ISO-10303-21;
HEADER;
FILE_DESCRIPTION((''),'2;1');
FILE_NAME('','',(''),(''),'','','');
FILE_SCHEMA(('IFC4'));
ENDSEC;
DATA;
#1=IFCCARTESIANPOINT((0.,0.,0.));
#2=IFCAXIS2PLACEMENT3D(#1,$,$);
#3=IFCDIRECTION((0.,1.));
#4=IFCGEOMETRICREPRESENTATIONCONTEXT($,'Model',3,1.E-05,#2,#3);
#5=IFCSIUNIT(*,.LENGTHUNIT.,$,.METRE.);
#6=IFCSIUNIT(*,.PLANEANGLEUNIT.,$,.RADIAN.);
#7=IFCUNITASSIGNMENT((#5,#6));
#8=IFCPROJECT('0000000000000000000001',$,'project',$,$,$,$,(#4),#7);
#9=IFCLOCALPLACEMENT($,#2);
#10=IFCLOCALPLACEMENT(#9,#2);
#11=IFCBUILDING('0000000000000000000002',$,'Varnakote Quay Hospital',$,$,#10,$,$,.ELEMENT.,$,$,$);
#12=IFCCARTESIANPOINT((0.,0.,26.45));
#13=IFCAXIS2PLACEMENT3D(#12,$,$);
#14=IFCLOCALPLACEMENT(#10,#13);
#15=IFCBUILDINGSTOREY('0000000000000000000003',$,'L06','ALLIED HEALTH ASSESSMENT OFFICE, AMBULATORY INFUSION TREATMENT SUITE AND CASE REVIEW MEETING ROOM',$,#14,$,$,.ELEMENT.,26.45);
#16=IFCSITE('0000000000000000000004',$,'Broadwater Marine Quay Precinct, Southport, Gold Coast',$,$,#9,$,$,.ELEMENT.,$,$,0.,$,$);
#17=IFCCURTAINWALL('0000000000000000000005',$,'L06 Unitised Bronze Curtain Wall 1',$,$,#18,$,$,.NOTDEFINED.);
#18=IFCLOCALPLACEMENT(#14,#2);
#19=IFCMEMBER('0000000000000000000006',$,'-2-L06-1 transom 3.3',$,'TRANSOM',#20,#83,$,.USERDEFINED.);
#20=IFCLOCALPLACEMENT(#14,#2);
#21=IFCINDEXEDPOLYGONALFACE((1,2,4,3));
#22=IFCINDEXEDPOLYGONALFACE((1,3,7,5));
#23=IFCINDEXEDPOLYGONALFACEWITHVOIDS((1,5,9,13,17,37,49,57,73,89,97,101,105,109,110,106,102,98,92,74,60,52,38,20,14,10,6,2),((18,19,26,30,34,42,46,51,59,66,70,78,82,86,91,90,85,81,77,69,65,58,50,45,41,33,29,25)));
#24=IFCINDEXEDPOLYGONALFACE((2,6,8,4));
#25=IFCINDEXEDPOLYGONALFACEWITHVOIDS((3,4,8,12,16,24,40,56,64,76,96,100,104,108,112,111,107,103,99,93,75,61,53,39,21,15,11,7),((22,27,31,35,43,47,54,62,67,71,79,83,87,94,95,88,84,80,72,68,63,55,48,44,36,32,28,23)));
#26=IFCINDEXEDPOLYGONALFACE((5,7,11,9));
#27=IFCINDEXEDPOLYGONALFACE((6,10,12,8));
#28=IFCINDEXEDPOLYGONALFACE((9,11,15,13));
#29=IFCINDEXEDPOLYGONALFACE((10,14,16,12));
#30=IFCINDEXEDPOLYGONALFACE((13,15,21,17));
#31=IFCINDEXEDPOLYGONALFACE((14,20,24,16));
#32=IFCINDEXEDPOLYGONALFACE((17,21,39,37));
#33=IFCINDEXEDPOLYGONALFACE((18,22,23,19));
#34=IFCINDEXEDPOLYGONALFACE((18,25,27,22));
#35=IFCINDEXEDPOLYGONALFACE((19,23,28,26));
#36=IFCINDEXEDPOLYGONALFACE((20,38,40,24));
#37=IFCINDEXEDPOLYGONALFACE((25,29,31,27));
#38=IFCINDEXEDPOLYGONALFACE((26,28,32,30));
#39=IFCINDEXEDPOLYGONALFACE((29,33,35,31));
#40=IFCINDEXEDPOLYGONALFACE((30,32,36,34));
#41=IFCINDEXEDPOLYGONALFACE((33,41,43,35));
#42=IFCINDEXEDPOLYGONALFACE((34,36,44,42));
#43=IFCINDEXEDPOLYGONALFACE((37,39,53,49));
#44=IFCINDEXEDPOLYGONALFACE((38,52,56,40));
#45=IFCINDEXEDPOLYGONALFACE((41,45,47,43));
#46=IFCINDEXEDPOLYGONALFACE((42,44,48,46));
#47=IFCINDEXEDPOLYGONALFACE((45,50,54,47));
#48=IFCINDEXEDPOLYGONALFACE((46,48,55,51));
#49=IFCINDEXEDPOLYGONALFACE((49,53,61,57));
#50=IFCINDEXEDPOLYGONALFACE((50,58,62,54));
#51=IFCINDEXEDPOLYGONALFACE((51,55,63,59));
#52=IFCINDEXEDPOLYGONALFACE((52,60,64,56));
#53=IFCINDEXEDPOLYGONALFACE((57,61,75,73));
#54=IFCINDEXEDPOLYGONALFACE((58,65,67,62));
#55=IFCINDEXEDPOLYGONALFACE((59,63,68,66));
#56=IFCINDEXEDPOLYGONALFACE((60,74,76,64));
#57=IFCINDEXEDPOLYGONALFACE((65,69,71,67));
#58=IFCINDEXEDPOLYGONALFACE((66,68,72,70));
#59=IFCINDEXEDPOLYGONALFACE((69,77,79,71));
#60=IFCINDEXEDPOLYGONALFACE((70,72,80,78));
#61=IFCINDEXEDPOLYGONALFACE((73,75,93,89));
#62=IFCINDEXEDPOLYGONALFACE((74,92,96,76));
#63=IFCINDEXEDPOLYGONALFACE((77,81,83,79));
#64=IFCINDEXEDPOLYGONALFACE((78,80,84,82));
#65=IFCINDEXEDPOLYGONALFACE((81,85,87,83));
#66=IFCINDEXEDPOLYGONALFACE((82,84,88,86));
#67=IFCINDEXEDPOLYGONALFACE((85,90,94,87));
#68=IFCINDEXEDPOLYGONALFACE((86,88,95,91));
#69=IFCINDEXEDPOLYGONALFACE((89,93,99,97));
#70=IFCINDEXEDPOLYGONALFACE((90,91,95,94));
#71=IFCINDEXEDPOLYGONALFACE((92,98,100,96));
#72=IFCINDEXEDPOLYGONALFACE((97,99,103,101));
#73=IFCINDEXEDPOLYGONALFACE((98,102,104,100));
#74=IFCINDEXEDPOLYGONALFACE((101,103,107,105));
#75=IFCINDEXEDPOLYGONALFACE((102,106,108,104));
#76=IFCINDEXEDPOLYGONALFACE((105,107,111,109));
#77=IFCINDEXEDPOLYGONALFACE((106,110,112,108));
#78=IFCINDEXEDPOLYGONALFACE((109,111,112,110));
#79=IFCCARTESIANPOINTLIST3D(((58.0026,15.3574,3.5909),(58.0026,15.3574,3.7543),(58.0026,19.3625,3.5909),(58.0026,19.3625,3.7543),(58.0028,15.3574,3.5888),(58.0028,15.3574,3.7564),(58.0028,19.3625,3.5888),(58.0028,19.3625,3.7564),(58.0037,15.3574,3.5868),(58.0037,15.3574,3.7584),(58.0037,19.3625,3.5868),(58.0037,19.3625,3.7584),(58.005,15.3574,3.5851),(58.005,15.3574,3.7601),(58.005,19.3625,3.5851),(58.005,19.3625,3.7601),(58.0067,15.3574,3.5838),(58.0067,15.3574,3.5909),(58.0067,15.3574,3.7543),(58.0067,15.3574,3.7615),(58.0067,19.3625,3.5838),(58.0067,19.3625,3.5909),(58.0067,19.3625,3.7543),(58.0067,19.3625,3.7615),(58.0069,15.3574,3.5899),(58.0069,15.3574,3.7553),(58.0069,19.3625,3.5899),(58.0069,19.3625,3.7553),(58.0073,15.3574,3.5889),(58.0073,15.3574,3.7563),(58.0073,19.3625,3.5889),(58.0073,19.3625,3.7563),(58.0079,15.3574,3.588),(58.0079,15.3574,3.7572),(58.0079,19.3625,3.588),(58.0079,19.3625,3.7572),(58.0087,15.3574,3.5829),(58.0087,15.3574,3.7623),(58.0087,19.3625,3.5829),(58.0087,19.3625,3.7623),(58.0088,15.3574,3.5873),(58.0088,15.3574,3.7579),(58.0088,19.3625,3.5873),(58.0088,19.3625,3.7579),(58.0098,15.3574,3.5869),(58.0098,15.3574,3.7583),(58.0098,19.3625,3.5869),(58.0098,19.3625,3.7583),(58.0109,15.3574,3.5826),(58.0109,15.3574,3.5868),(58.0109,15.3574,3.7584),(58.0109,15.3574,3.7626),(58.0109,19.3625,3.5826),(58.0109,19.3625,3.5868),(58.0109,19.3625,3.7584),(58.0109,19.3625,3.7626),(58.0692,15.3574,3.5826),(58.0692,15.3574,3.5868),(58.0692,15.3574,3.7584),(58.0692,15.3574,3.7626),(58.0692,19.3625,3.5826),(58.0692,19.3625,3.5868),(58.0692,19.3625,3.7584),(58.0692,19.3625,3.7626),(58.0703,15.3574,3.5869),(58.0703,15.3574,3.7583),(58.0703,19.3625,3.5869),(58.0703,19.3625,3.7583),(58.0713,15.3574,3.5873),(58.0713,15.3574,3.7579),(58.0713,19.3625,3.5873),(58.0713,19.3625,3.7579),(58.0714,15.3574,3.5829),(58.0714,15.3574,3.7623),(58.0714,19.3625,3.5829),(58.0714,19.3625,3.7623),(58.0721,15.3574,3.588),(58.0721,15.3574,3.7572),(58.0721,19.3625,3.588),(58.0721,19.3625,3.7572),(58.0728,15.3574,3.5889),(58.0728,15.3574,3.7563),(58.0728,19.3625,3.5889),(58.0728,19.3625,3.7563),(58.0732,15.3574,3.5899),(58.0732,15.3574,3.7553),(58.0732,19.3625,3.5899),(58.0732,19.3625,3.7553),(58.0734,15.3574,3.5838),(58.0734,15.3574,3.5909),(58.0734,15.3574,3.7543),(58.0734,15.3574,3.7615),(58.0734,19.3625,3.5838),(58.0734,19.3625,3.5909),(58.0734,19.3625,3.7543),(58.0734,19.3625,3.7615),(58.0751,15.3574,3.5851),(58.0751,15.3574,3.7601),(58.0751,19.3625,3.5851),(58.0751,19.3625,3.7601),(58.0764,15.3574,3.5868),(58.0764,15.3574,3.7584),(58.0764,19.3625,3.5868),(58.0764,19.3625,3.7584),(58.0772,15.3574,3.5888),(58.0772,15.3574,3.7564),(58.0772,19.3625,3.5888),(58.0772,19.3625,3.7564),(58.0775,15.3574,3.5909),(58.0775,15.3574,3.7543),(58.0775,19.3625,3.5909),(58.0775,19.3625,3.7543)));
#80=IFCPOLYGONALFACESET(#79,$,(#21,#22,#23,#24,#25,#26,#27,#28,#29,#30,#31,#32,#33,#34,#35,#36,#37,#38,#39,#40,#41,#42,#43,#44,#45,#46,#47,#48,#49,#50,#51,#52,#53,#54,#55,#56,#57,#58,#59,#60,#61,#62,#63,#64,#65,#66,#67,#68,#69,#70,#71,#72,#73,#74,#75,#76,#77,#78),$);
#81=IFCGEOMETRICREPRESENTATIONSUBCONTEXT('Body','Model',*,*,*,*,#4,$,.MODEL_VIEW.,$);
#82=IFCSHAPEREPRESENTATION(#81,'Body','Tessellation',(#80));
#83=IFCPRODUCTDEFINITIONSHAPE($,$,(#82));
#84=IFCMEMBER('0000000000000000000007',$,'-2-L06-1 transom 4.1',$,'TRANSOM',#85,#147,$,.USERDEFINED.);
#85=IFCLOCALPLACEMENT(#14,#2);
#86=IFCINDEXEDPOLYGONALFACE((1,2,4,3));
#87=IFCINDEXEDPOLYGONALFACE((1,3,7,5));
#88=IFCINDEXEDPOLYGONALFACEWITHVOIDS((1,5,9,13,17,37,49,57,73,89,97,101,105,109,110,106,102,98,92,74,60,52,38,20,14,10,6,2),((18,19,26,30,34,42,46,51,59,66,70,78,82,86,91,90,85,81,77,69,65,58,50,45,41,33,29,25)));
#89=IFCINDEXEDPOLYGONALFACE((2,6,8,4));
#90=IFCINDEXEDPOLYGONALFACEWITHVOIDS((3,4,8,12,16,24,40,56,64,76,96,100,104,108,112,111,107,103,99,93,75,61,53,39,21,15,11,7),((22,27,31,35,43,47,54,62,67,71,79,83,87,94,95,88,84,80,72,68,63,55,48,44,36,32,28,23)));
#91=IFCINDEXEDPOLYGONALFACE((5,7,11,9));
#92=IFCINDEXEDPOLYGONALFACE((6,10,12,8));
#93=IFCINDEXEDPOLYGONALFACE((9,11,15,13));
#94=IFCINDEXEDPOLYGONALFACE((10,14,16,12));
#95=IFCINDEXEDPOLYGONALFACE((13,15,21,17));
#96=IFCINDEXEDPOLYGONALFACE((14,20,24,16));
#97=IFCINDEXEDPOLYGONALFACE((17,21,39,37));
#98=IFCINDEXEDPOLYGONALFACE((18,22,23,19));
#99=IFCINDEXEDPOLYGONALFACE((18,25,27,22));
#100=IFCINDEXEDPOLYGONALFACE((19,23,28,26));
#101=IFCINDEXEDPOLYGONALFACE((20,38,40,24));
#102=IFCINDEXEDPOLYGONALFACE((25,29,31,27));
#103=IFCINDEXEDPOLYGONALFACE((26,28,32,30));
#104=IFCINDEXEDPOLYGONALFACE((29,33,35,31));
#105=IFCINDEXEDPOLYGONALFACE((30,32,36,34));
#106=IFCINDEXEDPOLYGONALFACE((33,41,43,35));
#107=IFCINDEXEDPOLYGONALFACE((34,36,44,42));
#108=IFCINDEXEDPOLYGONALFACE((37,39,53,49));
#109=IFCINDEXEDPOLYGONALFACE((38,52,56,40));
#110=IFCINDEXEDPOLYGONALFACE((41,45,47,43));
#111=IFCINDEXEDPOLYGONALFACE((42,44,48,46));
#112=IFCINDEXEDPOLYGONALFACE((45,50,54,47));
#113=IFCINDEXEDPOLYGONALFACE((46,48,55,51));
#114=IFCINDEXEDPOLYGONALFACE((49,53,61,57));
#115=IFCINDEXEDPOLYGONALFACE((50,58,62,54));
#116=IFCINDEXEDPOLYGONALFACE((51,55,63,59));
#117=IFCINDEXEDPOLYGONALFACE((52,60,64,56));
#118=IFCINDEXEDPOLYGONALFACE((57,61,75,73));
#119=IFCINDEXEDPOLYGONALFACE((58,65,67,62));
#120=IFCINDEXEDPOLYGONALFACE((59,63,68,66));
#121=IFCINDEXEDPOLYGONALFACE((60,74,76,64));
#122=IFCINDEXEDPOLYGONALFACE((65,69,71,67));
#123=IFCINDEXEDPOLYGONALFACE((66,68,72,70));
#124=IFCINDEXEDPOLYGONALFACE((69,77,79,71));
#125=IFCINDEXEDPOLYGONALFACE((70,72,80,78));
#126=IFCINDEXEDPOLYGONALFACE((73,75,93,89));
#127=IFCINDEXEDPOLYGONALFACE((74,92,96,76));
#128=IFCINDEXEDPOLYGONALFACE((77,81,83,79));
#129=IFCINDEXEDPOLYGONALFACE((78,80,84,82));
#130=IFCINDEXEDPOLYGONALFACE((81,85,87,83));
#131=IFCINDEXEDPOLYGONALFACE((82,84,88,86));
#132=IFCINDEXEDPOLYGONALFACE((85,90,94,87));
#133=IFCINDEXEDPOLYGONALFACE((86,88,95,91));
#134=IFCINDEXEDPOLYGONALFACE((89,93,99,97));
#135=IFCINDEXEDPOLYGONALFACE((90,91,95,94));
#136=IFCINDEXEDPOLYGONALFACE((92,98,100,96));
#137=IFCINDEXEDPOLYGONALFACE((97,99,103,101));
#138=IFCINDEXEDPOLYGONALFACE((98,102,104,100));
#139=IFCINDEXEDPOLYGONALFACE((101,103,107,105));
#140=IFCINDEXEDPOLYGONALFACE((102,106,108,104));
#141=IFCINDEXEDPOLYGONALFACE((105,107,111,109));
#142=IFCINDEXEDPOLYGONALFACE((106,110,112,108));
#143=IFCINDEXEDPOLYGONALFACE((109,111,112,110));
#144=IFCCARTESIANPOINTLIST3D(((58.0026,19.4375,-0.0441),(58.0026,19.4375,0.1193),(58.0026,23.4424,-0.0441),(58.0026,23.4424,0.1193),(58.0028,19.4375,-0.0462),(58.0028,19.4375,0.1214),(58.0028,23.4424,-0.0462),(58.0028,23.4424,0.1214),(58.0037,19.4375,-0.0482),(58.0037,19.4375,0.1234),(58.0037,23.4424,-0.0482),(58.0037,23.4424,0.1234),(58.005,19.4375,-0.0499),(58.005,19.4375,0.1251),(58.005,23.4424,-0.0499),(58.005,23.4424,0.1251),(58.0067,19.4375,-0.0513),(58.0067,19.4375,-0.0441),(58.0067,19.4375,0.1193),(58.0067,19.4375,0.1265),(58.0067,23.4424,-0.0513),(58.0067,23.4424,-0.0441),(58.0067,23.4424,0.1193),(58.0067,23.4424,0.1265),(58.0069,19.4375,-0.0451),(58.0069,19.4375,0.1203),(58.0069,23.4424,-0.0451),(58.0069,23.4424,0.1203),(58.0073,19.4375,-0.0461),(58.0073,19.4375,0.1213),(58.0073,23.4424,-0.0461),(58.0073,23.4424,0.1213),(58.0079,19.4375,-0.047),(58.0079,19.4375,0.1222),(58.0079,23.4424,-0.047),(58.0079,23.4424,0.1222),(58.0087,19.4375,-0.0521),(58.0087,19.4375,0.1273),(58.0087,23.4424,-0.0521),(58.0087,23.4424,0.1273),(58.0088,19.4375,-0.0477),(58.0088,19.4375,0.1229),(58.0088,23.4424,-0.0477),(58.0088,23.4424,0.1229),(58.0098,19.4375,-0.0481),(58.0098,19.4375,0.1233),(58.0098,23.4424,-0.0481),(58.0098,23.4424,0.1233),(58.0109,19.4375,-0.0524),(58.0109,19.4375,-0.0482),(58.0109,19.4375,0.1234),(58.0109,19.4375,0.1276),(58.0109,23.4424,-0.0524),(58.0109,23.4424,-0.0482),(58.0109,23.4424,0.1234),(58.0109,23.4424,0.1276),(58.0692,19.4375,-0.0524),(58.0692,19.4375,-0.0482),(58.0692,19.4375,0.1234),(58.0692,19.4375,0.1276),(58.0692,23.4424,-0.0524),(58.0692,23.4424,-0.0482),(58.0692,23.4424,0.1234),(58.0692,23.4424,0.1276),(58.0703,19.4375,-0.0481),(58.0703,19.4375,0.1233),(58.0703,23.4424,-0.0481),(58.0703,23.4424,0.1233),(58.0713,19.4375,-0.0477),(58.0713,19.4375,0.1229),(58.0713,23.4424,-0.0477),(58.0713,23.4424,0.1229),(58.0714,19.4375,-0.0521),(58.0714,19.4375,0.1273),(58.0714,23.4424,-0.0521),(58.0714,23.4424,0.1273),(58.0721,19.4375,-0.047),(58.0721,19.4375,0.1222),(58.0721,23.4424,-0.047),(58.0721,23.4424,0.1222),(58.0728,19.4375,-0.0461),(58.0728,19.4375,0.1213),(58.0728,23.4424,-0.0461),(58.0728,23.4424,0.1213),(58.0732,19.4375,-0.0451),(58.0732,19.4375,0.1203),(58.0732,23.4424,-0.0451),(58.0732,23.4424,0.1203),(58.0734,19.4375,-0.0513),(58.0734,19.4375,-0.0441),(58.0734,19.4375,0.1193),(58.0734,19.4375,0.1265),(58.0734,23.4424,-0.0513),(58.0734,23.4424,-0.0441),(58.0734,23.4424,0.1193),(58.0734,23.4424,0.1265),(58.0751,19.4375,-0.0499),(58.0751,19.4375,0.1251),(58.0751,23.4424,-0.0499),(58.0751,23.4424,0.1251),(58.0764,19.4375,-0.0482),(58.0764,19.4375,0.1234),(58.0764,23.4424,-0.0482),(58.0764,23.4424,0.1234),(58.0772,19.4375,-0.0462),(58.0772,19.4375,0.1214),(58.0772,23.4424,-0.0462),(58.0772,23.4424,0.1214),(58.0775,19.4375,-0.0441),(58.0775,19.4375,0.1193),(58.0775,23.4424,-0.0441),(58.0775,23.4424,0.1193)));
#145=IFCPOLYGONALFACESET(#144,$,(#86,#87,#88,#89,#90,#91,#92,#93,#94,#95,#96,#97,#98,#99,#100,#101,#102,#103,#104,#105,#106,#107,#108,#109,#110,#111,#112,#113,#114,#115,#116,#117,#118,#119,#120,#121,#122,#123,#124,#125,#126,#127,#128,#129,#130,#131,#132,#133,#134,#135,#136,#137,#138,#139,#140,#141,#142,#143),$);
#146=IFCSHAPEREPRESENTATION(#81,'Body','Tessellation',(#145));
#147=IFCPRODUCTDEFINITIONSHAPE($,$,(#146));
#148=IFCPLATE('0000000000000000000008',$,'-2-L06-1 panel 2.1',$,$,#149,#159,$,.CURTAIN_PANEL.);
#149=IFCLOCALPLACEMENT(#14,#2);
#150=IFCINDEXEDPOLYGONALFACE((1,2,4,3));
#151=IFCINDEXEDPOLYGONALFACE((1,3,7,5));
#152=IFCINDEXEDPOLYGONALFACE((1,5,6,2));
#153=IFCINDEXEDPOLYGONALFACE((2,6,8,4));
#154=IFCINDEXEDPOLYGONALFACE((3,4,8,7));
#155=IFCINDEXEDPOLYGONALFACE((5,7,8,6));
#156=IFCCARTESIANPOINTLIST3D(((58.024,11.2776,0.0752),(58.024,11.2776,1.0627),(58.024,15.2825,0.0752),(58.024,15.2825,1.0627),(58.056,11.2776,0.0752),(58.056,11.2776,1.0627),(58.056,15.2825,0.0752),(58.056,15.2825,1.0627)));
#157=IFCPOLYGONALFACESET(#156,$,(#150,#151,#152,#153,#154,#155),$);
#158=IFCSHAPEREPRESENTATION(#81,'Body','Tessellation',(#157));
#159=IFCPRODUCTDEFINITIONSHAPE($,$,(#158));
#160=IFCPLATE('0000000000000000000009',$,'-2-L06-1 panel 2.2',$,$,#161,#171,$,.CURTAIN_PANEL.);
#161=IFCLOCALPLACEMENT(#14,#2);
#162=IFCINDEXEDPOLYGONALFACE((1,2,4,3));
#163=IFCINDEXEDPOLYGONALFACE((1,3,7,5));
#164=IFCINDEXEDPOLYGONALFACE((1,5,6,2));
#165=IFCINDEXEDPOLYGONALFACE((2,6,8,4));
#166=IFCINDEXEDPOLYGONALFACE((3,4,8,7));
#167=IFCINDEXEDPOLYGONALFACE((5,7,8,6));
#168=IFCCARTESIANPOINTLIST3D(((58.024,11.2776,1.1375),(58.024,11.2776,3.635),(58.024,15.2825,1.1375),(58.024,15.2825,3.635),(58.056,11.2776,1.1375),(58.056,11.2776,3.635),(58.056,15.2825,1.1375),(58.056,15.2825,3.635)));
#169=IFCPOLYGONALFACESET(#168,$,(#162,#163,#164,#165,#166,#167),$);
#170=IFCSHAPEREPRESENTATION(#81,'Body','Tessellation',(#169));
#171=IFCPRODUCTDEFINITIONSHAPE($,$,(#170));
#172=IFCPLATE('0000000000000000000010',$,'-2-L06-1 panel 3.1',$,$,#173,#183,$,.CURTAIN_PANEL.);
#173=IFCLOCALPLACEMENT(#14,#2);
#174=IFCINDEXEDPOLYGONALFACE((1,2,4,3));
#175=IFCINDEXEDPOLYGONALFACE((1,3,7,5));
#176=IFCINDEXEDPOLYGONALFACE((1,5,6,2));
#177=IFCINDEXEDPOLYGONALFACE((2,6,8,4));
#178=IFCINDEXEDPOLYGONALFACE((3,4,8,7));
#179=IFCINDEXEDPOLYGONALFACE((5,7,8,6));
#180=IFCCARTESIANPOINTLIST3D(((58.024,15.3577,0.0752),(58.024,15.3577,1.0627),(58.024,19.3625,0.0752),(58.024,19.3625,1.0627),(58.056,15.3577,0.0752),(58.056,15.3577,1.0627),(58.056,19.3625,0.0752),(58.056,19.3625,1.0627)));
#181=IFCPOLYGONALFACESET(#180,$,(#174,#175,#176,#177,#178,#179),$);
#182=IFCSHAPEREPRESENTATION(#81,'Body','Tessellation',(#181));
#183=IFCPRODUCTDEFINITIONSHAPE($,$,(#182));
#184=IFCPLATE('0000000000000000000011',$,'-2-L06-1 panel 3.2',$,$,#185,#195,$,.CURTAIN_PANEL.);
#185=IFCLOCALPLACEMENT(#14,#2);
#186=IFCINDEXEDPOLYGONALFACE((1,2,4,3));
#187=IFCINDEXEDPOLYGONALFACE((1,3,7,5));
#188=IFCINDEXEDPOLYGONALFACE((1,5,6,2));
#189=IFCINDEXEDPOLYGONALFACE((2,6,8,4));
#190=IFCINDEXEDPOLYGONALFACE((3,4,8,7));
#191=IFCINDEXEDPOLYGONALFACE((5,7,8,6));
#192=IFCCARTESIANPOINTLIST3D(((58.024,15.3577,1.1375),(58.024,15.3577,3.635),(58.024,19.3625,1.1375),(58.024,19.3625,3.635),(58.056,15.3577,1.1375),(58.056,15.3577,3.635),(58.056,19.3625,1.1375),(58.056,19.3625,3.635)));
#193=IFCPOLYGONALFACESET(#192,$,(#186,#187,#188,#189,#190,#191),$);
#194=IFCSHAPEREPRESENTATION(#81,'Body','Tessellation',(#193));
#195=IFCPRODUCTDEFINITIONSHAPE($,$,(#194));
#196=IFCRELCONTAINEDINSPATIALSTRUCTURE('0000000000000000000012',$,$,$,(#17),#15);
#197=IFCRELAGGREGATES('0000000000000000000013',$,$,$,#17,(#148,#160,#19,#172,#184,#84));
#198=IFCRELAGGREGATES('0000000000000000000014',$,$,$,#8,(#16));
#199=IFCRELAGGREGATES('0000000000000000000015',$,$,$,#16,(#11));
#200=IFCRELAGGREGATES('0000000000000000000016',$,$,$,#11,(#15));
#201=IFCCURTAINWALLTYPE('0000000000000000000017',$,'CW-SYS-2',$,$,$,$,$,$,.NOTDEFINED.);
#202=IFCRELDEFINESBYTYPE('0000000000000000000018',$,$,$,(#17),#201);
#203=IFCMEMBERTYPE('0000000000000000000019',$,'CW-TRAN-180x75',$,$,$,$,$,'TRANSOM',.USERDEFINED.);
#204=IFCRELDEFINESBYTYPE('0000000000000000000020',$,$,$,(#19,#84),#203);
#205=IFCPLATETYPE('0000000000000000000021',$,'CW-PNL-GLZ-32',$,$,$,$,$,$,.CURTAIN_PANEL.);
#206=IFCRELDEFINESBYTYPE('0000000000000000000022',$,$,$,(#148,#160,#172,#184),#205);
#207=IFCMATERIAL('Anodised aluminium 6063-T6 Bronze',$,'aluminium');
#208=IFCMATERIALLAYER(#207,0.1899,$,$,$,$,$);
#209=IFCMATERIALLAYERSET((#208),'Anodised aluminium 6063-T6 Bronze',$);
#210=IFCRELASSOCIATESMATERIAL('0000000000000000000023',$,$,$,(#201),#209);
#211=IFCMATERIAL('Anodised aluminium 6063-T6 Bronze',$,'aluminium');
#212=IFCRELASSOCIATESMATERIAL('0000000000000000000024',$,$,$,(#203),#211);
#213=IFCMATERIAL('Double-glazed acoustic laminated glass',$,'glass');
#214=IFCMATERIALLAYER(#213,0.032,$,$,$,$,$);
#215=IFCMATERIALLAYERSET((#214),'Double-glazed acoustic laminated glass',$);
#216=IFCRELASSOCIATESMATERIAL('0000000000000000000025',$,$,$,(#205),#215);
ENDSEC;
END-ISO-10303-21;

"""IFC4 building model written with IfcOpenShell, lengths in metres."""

from ifc_helpers import new_model, si_unit, direction, frame, origin, origin_2d, place, context, subcontext, project, spatial, rectangle, hollow_rectangle, extrude, material, layer, layer_set, material_profile, profile_set, type_object, element, aggregate, save


model = new_model("IFC4")

# Units and contexts
model_context = context("Model", 3, precision=1e-05, world=origin(), true_north=direction((0.0, 1.0)))
body_context = subcontext(model_context, "Body", "Model", "MODEL_VIEW")
ifc_project = project(units=[si_unit("LENGTHUNIT", "METRE"), si_unit("PLANEANGLEUNIT", "RADIAN")], contexts=[model_context])

# Site, building, storey
site_placement = place(None, origin())
site = spatial("IfcSite", under=ifc_project, at=site_placement, Name="Broadwater Marine Quay Precinct, Southport, Gold Coast", CompositionType="ELEMENT", RefElevation=0.0)
building_placement = place(site_placement, origin())
building = spatial("IfcBuilding", under=site, at=building_placement, Name="Varnakote Quay Hospital", CompositionType="ELEMENT")
storey_placement = place(building_placement, frame((0.0, 0.0, 26.45)))
storey = spatial("IfcBuildingStorey", under=building, at=storey_placement, Name="L06", Description="ALLIED HEALTH ASSESSMENT OFFICE, AMBULATORY INFUSION TREATMENT SUITE AND CASE REVIEW MEETING ROOM", CompositionType="ELEMENT", Elevation=26.45)

# Curtain wall, members, plates
ifc_material_1 = material(Name="Anodised aluminium 6063-T6 Bronze", Category="aluminium")
ifc_layer_1 = layer(ifc_material_1, 0.1899)
ifc_layer_set_1 = layer_set([ifc_layer_1], Name="Anodised aluminium 6063-T6 Bronze")
curtain_wall_type = type_object("IfcCurtainWallType", Name="CW-SYS-2", PredefinedType="NOTDEFINED", material=ifc_layer_set_1)
curtain_wall_placement = place(storey_placement, origin())
curtain_wall = element("IfcCurtainWall", 1, at=curtain_wall_placement, inside=storey, type_object=curtain_wall_type, Name="L06 Unitised Bronze Curtain Wall 1", PredefinedType="NOTDEFINED")
ifc_material_2 = material(Name="Anodised aluminium 6063-T6 Bronze", Category="aluminium")
ifc_material_profile_1 = material_profile(ifc_material_2, hollow_rectangle(XDim=0.075, YDim=0.1799, WallThickness=0.0042, InnerFilletRadius=0.0042, OuterFilletRadius=0.0083, at=origin_2d()), Name="CW-TRAN-180x75")
ifc_profile_set_1 = profile_set([ifc_material_profile_1], Name="Anodised aluminium 6063-T6 Bronze")
member_type_1 = type_object("IfcMemberType", Name="CW-TRAN-180x75", ElementType="TRANSOM", PredefinedType="USERDEFINED", material=ifc_profile_set_1)
member_1_placement = place(storey_placement, frame((58.04, 15.3574, 3.6726), z_axis=(0.0, 1.0, 0.0), x_axis=(-1.0, 0.0, 0.0)))
member_1 = element("IfcMember", 2, at=member_1_placement, type_object=member_type_1, Name="-2-L06-1 transom 3.3", ObjectType="TRANSOM", PredefinedType="USERDEFINED", context=body_context, shape_type="SweptSolid", body=[
    extrude(hollow_rectangle(XDim=0.075, YDim=0.1799, WallThickness=0.0042, InnerFilletRadius=0.0042, OuterFilletRadius=0.0083, at=origin_2d()), origin(), (0.0, 0.0, 1.0), 4.0051),
])
member_2_placement = place(storey_placement, frame((58.04, 19.4375, 0.0376), z_axis=(0.0, 1.0, 0.0), x_axis=(-1.0, 0.0, 0.0)))
member_2 = element("IfcMember", 3, at=member_2_placement, type_object=member_type_1, Name="-2-L06-1 transom 4.1", ObjectType="TRANSOM", PredefinedType="USERDEFINED", context=body_context, shape_type="SweptSolid", body=[
    extrude(hollow_rectangle(XDim=0.075, YDim=0.1799, WallThickness=0.0042, InnerFilletRadius=0.0042, OuterFilletRadius=0.0083, at=origin_2d()), origin(), (0.0, 0.0, 1.0), 4.0049),
])
ifc_material_3 = material(Name="Double-glazed acoustic laminated glass", Category="glass")
ifc_layer_2 = layer(ifc_material_3, 0.032)
ifc_layer_set_2 = layer_set([ifc_layer_2], Name="Double-glazed acoustic laminated glass")
plate_type = type_object("IfcPlateType", Name="CW-PNL-GLZ-32", PredefinedType="CURTAIN_PANEL", material=ifc_layer_set_2)
plate_1_placement = place(storey_placement, frame((58.04, 13.28, 0.0752), z_axis=(0.0, 0.0, 1.0), x_axis=(0.0, 1.0, 0.0)))
plate_1 = element("IfcPlate", 4, at=plate_1_placement, type_object=plate_type, Name="-2-L06-1 panel 2.1", PredefinedType="CURTAIN_PANEL", context=body_context, shape_type="SweptSolid", body=[
    extrude(rectangle(XDim=4.0049, YDim=0.032, at=origin_2d()), origin(), (0.0, 0.0, 1.0), 0.9875),
])
plate_2_placement = place(storey_placement, frame((58.04, 13.28, 1.1375), z_axis=(0.0, 0.0, 1.0), x_axis=(0.0, 1.0, 0.0)))
plate_2 = element("IfcPlate", 5, at=plate_2_placement, type_object=plate_type, Name="-2-L06-1 panel 2.2", PredefinedType="CURTAIN_PANEL", context=body_context, shape_type="SweptSolid", body=[
    extrude(rectangle(XDim=4.0049, YDim=0.032, at=origin_2d()), origin(), (0.0, 0.0, 1.0), 2.4976),
])
plate_3_placement = place(storey_placement, frame((58.04, 17.3601, 0.0752), z_axis=(0.0, 0.0, 1.0), x_axis=(0.0, 1.0, 0.0)))
plate_3 = element("IfcPlate", 6, at=plate_3_placement, type_object=plate_type, Name="-2-L06-1 panel 3.1", PredefinedType="CURTAIN_PANEL", context=body_context, shape_type="SweptSolid", body=[
    extrude(rectangle(XDim=4.0049, YDim=0.032, at=origin_2d()), origin(), (0.0, 0.0, 1.0), 0.9875),
])
plate_4_placement = place(storey_placement, frame((58.04, 17.3601, 1.1375), z_axis=(0.0, 0.0, 1.0), x_axis=(0.0, 1.0, 0.0)))
plate_4 = element("IfcPlate", 7, at=plate_4_placement, type_object=plate_type, Name="-2-L06-1 panel 3.2", PredefinedType="CURTAIN_PANEL", context=body_context, shape_type="SweptSolid", body=[
    extrude(rectangle(XDim=4.0049, YDim=0.032, at=origin_2d()), origin(), (0.0, 0.0, 1.0), 2.4976),
])
aggregate(curtain_wall, [plate_1, plate_2, member_1, plate_3, plate_4, member_2])

save(model, "model.ifc")
